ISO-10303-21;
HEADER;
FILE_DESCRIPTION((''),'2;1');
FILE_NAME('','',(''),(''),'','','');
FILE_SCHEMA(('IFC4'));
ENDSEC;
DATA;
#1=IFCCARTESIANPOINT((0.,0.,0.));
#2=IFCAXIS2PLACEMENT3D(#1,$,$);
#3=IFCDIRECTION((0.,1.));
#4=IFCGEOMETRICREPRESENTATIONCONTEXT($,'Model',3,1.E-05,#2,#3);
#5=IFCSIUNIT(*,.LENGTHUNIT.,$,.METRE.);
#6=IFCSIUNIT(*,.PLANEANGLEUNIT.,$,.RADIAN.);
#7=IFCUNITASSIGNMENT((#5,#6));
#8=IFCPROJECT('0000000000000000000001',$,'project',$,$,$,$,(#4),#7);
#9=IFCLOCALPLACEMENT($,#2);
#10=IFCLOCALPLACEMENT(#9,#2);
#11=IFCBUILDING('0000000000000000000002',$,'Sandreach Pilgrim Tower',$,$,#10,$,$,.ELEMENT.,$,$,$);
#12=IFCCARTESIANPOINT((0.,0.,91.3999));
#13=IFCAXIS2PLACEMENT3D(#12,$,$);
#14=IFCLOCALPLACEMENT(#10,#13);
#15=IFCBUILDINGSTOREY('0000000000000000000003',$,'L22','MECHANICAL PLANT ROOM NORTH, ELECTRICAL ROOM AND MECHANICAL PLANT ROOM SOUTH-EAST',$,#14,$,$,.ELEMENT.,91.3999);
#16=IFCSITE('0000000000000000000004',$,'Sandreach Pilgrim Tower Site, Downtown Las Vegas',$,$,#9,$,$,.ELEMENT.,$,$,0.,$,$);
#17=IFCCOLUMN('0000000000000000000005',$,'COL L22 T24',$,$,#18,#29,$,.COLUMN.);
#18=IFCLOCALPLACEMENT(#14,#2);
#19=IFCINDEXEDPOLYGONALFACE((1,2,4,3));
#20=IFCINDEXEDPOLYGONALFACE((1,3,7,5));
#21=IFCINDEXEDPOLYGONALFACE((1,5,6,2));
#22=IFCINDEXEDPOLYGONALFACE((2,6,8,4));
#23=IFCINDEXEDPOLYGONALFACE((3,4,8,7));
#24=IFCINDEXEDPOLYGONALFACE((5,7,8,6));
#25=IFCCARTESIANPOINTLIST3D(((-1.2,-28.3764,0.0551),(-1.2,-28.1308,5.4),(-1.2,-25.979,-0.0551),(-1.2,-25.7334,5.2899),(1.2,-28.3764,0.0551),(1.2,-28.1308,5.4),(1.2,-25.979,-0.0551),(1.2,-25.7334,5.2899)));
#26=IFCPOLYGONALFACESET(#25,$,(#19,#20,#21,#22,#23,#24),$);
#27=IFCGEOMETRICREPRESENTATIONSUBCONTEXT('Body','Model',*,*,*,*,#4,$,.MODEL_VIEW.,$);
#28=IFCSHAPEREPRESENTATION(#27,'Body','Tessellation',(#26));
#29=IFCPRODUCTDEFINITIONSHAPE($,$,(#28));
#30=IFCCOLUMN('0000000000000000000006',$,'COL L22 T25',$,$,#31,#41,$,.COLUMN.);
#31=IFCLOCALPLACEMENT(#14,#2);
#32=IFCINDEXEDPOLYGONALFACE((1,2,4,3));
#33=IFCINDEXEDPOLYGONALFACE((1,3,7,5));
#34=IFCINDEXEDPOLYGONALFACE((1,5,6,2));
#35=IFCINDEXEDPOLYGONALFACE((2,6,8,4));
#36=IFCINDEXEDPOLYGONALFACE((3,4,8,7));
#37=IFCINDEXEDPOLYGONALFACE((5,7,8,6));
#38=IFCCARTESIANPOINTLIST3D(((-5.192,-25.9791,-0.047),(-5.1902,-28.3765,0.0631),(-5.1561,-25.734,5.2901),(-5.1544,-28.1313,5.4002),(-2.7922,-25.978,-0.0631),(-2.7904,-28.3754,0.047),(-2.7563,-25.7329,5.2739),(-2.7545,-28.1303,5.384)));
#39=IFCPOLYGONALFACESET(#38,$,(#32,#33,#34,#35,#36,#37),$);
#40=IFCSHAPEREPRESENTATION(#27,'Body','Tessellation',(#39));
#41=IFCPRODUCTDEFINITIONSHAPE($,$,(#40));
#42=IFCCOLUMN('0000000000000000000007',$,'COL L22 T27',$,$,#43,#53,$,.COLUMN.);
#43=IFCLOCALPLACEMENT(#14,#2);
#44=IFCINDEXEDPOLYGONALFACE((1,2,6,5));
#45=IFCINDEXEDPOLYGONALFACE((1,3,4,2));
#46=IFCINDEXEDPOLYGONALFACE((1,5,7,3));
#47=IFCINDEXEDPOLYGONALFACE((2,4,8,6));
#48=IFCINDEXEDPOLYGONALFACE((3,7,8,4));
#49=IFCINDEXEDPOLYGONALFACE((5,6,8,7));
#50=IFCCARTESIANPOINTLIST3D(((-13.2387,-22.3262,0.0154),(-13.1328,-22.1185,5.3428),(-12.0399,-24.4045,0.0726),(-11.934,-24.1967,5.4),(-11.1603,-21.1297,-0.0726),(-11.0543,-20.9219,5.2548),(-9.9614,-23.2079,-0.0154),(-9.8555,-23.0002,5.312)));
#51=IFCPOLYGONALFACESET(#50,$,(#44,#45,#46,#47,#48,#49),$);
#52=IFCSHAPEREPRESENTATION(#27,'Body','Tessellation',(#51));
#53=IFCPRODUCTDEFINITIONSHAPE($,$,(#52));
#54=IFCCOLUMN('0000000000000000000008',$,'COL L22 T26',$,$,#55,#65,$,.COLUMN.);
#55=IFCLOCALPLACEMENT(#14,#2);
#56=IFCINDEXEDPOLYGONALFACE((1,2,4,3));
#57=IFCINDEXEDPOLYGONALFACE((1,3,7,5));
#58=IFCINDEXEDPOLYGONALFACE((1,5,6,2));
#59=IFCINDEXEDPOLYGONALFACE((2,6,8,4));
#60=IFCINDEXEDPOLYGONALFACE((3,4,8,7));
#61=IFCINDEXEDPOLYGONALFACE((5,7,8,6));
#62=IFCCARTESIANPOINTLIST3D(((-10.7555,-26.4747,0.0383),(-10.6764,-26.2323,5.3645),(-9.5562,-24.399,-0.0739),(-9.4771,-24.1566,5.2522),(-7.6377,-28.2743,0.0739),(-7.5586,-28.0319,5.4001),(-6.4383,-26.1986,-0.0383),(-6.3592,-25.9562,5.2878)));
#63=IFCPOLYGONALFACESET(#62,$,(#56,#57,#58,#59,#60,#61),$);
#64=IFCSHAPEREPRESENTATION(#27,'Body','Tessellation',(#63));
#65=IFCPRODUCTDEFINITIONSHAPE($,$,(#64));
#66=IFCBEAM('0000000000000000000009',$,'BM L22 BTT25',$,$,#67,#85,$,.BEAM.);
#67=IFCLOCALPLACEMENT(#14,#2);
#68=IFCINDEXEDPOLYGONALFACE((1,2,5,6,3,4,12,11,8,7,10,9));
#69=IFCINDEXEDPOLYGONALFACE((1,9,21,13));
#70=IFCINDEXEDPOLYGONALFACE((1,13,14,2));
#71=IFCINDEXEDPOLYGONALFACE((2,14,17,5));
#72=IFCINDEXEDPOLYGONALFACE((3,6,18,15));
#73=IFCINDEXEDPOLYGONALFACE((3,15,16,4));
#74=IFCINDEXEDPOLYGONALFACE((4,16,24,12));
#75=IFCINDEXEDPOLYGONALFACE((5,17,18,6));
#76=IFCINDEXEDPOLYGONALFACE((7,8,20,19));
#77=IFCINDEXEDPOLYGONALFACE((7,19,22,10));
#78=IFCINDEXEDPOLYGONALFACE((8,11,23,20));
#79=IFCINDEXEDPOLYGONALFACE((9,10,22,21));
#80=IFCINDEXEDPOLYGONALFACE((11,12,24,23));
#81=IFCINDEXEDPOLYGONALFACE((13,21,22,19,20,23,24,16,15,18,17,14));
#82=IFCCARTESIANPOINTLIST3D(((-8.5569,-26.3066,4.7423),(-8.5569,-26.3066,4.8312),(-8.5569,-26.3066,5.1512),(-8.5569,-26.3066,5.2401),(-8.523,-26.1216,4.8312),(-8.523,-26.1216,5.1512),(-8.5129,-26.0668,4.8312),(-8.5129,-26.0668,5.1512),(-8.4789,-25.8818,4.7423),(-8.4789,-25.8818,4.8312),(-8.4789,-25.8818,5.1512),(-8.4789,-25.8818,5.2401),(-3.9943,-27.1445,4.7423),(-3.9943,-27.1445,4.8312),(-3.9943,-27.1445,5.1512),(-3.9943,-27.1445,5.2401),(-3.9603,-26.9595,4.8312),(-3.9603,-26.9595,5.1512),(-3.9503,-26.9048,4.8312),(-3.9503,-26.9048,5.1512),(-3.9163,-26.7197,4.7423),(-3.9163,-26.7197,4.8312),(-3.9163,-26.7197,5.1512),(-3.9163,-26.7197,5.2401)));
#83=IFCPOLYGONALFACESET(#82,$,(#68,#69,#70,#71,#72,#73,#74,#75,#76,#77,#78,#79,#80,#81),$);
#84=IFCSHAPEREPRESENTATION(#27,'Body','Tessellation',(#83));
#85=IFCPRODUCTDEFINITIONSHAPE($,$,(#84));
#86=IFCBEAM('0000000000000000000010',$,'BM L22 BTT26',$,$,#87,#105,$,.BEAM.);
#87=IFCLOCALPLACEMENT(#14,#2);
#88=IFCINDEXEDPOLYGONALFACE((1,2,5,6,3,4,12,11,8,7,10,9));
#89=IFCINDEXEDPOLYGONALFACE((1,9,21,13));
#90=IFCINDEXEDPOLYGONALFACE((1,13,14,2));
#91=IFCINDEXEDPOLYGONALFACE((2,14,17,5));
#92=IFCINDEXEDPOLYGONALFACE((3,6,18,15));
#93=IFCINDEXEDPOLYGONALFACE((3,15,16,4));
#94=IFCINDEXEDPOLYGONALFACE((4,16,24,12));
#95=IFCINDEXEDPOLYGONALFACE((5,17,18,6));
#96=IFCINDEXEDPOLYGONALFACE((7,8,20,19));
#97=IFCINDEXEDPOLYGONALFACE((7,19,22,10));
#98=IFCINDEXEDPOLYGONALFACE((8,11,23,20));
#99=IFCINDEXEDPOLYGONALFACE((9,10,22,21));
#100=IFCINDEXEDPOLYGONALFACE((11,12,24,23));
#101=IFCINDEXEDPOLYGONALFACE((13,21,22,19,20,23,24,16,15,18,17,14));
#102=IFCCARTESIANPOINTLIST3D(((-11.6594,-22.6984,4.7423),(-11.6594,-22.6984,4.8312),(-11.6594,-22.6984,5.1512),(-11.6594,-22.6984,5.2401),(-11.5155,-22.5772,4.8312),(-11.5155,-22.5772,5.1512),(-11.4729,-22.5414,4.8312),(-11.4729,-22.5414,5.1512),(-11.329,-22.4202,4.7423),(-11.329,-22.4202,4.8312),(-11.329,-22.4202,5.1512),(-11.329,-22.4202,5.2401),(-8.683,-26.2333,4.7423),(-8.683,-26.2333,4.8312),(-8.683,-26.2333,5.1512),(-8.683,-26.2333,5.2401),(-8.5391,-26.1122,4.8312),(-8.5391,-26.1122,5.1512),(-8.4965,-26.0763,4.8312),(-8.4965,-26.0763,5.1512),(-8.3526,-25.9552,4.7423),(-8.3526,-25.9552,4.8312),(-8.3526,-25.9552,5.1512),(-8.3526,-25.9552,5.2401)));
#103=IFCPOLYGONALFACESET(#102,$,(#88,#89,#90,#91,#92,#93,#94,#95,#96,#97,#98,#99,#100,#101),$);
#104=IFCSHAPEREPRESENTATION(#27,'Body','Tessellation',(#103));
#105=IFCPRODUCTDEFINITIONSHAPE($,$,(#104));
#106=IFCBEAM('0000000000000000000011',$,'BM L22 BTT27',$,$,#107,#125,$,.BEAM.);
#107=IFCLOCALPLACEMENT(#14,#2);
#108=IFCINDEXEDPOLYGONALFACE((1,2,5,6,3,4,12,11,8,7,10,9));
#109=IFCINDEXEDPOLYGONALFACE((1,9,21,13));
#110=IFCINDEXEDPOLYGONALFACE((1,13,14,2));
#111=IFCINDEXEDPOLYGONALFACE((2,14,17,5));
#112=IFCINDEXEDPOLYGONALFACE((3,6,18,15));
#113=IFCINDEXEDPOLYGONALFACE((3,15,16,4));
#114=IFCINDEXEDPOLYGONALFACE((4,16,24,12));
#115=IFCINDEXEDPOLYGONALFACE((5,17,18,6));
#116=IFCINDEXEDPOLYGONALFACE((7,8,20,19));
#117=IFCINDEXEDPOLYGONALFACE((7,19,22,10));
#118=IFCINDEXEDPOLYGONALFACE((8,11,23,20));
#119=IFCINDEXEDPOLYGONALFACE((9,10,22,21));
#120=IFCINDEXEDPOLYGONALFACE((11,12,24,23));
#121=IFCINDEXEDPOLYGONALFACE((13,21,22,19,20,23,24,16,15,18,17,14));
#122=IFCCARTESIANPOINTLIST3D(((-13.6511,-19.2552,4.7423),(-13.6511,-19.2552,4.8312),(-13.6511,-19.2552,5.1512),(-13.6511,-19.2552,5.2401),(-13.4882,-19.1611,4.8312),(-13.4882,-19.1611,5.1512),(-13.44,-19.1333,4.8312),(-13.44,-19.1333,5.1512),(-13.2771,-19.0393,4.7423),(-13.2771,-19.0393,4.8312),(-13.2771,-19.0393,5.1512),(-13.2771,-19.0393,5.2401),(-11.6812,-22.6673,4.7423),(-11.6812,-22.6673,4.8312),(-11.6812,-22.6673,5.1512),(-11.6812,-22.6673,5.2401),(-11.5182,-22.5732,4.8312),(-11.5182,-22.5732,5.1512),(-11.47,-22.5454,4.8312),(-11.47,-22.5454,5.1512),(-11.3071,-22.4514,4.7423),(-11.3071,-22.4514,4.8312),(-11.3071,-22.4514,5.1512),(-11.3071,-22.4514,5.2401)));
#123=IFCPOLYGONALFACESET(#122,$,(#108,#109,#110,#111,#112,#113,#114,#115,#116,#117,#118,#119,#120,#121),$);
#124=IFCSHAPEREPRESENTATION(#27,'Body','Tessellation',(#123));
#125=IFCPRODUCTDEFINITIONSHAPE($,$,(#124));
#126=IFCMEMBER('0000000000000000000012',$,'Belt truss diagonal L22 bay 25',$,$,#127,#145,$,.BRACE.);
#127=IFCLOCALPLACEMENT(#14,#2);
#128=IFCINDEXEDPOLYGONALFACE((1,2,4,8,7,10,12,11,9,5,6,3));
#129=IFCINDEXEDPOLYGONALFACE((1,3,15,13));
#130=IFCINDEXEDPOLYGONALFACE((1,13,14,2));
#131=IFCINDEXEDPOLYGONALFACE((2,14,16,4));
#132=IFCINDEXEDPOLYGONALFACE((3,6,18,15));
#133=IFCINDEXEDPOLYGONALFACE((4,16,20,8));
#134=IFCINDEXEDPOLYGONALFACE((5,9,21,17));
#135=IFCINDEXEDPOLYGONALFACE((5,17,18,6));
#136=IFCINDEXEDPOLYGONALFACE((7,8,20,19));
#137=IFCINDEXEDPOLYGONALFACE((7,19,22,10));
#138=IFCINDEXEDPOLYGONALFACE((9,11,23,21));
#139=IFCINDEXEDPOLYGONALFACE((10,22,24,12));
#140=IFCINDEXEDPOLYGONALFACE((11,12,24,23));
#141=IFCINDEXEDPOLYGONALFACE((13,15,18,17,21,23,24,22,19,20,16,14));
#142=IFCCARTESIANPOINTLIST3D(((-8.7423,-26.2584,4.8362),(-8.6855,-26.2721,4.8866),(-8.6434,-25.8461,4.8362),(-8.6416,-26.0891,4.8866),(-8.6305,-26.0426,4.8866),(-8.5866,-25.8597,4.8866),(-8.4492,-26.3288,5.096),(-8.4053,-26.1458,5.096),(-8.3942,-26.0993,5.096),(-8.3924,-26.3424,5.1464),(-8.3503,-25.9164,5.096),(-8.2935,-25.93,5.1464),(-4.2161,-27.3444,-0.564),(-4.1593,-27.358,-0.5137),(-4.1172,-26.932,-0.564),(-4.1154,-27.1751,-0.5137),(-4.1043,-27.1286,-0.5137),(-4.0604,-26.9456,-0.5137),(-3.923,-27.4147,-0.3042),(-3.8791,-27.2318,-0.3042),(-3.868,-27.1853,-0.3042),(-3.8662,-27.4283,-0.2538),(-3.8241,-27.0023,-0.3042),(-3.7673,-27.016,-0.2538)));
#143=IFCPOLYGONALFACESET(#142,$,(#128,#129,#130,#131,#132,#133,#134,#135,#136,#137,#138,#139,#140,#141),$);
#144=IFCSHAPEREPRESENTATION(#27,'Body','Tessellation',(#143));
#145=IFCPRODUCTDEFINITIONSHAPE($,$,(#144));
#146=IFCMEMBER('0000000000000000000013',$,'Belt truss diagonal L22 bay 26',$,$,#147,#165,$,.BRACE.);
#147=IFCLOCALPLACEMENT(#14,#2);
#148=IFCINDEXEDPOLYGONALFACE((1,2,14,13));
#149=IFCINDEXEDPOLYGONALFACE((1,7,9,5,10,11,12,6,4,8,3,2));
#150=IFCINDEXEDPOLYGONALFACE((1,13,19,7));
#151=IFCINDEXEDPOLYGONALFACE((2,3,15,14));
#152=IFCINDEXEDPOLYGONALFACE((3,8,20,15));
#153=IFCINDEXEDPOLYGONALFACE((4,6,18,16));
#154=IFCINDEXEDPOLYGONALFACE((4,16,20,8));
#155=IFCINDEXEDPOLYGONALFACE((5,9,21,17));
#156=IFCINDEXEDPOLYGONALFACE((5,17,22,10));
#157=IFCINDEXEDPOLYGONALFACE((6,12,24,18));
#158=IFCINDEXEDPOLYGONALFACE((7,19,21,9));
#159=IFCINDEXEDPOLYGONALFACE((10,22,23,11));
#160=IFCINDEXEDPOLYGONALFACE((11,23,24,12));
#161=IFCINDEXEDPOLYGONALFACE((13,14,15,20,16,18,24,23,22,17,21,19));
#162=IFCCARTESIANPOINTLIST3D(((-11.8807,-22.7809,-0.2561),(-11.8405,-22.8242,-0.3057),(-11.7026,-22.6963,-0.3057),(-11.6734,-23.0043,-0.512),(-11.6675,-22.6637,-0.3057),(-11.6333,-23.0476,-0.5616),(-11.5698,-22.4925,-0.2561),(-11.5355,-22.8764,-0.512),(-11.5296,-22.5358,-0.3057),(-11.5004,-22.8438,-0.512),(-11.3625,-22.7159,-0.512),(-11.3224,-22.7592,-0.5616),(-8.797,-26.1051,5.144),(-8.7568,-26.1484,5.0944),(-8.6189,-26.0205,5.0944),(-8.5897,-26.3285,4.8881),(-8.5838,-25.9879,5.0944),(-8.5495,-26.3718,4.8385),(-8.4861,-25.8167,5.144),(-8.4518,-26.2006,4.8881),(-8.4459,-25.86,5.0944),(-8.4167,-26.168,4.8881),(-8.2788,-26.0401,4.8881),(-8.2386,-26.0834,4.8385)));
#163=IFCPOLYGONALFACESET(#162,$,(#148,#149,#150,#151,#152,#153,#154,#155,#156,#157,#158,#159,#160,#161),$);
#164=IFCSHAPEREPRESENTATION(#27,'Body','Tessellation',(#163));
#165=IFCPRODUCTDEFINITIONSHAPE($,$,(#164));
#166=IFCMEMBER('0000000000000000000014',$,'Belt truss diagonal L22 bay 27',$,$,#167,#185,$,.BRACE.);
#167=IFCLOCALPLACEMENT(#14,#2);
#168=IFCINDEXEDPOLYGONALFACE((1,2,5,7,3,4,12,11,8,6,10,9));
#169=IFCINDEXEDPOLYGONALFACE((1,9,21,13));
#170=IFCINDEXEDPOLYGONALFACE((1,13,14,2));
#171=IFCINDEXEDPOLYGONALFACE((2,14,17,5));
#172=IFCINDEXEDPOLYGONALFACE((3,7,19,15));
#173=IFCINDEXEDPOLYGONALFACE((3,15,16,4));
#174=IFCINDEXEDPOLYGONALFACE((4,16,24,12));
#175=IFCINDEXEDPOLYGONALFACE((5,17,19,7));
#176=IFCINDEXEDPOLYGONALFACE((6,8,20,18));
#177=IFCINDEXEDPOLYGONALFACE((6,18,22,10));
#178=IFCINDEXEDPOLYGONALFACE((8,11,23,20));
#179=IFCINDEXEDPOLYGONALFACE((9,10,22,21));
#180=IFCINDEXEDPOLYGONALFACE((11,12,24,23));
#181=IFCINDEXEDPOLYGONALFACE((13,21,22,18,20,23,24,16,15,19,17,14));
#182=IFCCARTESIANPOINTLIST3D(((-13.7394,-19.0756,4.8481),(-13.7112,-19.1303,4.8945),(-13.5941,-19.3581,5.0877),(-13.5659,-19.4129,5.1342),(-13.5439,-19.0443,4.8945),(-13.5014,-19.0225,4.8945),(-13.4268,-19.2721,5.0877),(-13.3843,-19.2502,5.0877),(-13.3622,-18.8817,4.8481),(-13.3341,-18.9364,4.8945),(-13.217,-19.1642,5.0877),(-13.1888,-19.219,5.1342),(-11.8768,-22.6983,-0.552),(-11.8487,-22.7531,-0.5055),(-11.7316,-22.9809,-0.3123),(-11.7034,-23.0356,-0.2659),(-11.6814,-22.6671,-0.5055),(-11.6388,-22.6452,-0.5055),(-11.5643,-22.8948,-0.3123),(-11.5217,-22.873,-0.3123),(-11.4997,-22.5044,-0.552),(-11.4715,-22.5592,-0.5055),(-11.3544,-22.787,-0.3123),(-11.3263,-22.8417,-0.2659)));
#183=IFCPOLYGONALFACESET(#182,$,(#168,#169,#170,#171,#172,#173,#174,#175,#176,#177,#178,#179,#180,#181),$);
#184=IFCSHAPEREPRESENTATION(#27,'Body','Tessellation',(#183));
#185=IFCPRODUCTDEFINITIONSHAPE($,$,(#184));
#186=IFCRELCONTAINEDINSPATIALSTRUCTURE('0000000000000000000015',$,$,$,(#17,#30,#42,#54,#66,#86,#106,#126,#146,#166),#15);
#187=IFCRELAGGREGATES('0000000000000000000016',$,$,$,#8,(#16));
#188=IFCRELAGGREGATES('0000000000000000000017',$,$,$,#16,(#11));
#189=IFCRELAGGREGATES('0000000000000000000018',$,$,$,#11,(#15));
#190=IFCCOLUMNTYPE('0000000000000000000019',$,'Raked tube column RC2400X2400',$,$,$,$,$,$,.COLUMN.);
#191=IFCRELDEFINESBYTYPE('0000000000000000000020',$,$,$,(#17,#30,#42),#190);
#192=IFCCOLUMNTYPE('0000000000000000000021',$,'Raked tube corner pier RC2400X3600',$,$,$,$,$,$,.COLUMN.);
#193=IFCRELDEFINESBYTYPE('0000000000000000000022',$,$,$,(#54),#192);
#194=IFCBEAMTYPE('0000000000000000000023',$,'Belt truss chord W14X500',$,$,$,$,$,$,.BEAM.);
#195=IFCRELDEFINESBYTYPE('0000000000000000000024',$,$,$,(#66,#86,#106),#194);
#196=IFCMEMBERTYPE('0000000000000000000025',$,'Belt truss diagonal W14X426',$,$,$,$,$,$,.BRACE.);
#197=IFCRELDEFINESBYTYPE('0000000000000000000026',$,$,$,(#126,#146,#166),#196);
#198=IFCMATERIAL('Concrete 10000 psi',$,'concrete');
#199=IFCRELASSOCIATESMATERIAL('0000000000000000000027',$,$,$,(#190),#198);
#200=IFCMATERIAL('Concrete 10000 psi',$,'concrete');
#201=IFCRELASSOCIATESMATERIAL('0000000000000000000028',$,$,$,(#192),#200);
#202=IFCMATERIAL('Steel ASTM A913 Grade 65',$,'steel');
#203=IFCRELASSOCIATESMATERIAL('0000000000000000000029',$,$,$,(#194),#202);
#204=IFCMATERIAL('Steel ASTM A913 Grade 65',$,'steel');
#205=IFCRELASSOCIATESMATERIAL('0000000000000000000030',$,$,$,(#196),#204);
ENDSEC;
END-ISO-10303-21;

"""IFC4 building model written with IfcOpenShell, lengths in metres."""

from ifc_helpers import new_model, si_unit, direction, frame, origin, origin_2d, place, context, subcontext, project, spatial, rectangle, i_section, extrude, material, material_profile, profile_set, type_object, element, save


model = new_model("IFC4")

# Units and contexts
model_context = context("Model", 3, precision=1e-05, world=origin(), true_north=direction((0.0, 1.0)))
body_context = subcontext(model_context, "Body", "Model", "MODEL_VIEW")
ifc_project = project(units=[si_unit("LENGTHUNIT", "METRE"), si_unit("PLANEANGLEUNIT", "RADIAN")], contexts=[model_context])

# Site, building, storey
site_placement = place(None, origin())
site = spatial("IfcSite", under=ifc_project, at=site_placement, Name="Sandreach Pilgrim Tower Site, Downtown Las Vegas", CompositionType="ELEMENT", RefElevation=0.0)
building_placement = place(site_placement, origin())
building = spatial("IfcBuilding", under=site, at=building_placement, Name="Sandreach Pilgrim Tower", CompositionType="ELEMENT")
storey_placement = place(building_placement, frame((0.0, 0.0, 91.3999)))
storey = spatial("IfcBuildingStorey", under=building, at=storey_placement, Name="L22", Description="MECHANICAL PLANT ROOM NORTH, ELECTRICAL ROOM AND MECHANICAL PLANT ROOM SOUTH-EAST", CompositionType="ELEMENT", Elevation=91.3999)

# Columns
ifc_material_1 = material(Name="Concrete 10000 psi", Category="concrete")
ifc_material_profile_1 = material_profile(ifc_material_1, rectangle(XDim=2.3999, YDim=2.3999, at=origin_2d()), Name="RC2400X2400")
ifc_profile_set_1 = profile_set([ifc_material_profile_1], Name="Concrete 10000 psi")
column_type_1 = type_object("IfcColumnType", Name="Raked tube column RC2400X2400", PredefinedType="COLUMN", material=ifc_profile_set_1)
column_1_placement = place(storey_placement, frame((0.0, -27.1777, 0.0), z_axis=(0.0, 0.045902, 0.998946), x_axis=(0.0, -0.998946, 0.045902)))
element("IfcColumn", 1, at=column_1_placement, inside=storey, type_object=column_type_1, Name="COL L22 T24", PredefinedType="COLUMN", context=body_context, shape_type="SweptSolid", body=[
    extrude(rectangle(XDim=2.3999, YDim=2.3999, at=origin_2d()), origin(), (0.0, 0.0, 1.0), 5.3506),
])
column_2_placement = place(storey_placement, frame((-3.9912, -27.1772, 0.0), z_axis=(0.006717, 0.045879, 0.998924), x_axis=(0.000744, -0.998947, 0.045875)))
element("IfcColumn", 2, at=column_2_placement, inside=storey, type_object=column_type_1, Name="COL L22 T25", PredefinedType="COLUMN", context=body_context, shape_type="SweptSolid", body=[
    extrude(rectangle(XDim=2.3999, YDim=2.3999, at=origin_2d()), origin(), (0.0, 0.0, 1.0), 5.3428),
])
column_3_placement = place(storey_placement, frame((-11.6001, -22.7671, 0.0), z_axis=(0.01987, 0.038962, 0.999043), x_axis=(-0.866071, -0.498574, 0.036669)))
element("IfcColumn", 3, at=column_3_placement, inside=storey, type_object=column_type_1, Name="COL L22 T27", PredefinedType="COLUMN", context=body_context, shape_type="SweptSolid", body=[
    extrude(rectangle(XDim=2.3999, YDim=2.3999, at=origin_2d()), origin(), (0.0, 0.0, 1.0), 5.3325),
])
ifc_material_2 = material(Name="Concrete 10000 psi", Category="concrete")
ifc_material_profile_2 = material_profile(ifc_material_2, rectangle(XDim=2.3999, YDim=3.6001, at=origin_2d()), Name="RC2400X3600")
ifc_profile_set_2 = profile_set([ifc_material_profile_2], Name="Concrete 10000 psi")
column_type_2 = type_object("IfcColumnType", Name="Raked tube corner pier RC2400X3600", PredefinedType="COLUMN", material=ifc_profile_set_2)
column_4_placement = place(storey_placement, frame((-8.5969, -26.3367, 0.0), z_axis=(0.014834, 0.045465, 0.998856), x_axis=(-0.499741, -0.86491, 0.04679)))
element("IfcColumn", 4, at=column_4_placement, inside=storey, type_object=column_type_2, Name="COL L22 T26", PredefinedType="COLUMN", context=body_context, shape_type="SweptSolid", body=[
    extrude(rectangle(XDim=2.3999, YDim=3.6001, at=origin_2d()), origin(), (0.0, 0.0, 1.0), 5.3323),
])

# Beams
ifc_material_3 = material(Name="Steel ASTM A913 Grade 65", Category="steel")
ifc_material_profile_3 = material_profile(ifc_material_3, i_section(OverallWidth=0.4319, OverallDepth=0.4978, WebThickness=0.0557, FlangeThickness=0.0889, at=origin_2d()), Name="W14X500")
ifc_profile_set_3 = profile_set([ifc_material_profile_3], Name="Steel ASTM A913 Grade 65")
beam_type_1 = type_object("IfcBeamType", Name="Belt truss chord W14X500", PredefinedType="BEAM", material=ifc_profile_set_3)
beam_1_placement = place(storey_placement, frame((-3.9553, -26.9321, 4.9912), z_axis=(-0.983552, 0.180627, 0.0), x_axis=(-0.180627, -0.983552, 0.0)))
element("IfcBeam", 5, at=beam_1_placement, inside=storey, type_object=beam_type_1, Name="BM L22 BTT25", PredefinedType="BEAM", context=body_context, shape_type="SweptSolid", body=[
    extrude(i_section(OverallWidth=0.4319, OverallDepth=0.4978, WebThickness=0.0557, FlangeThickness=0.0889, at=origin_2d()), origin(), (0.0, 0.0, 1.0), 4.6389),
])
beam_2_placement = place(storey_placement, frame((-8.5178, -26.0942, 4.9912), z_axis=(-0.644079, 0.764959, 0.0), x_axis=(-0.764959, -0.644079, 0.0)))
element("IfcBeam", 6, at=beam_2_placement, inside=storey, type_object=beam_type_1, Name="BM L22 BTT26", PredefinedType="BEAM", context=body_context, shape_type="SweptSolid", body=[
    extrude(i_section(OverallWidth=0.4319, OverallDepth=0.4978, WebThickness=0.0557, FlangeThickness=0.0889, at=origin_2d()), origin(), (0.0, 0.0, 1.0), 4.6211),
])
beam_3_placement = place(storey_placement, frame((-11.4941, -22.5593, 4.9912), z_axis=(-0.499998, 0.866027, 0.0), x_axis=(-0.866027, -0.499998, 0.0)))
element("IfcBeam", 7, at=beam_3_placement, inside=storey, type_object=beam_type_1, Name="BM L22 BTT27", PredefinedType="BEAM", context=body_context, shape_type="SweptSolid", body=[
    extrude(i_section(OverallWidth=0.4319, OverallDepth=0.4978, WebThickness=0.0557, FlangeThickness=0.0889, at=origin_2d()), origin(), (0.0, 0.0, 1.0), 3.9399),
])

# Members
ifc_material_4 = material(Name="Steel ASTM A913 Grade 65", Category="steel")
ifc_material_profile_4 = material_profile(ifc_material_4, i_section(OverallWidth=0.4241, OverallDepth=0.4751, WebThickness=0.0479, FlangeThickness=0.0771, at=origin_2d()), Name="W14X426")
ifc_profile_set_4 = profile_set([ifc_material_profile_4], Name="Steel ASTM A913 Grade 65")
member_type_1 = type_object("IfcMemberType", Name="Belt truss diagonal W14X426", PredefinedType="BRACE", material=ifc_profile_set_4)
member_1_placement = place(storey_placement, frame((-3.9917, -27.1802, -0.4089), z_axis=(-0.634864, 0.152321, 0.75746), x_axis=(-0.233306, -0.972403, 0.0)))
element("IfcMember", 8, at=member_1_placement, inside=storey, type_object=member_type_1, Name="Belt truss diagonal L22 bay 25", PredefinedType="BRACE", context=body_context, shape_type="SweptSolid", body=[
    extrude(i_section(OverallWidth=0.4241, OverallDepth=0.4751, WebThickness=0.0479, FlangeThickness=0.0771, at=origin_2d()), origin(), (0.0, 0.0, 1.0), 7.1294),
])
member_2_placement = place(storey_placement, frame((-8.5178, -26.0942, 4.9912), z_axis=(-0.437327, 0.47143, -0.765832), x_axis=(-0.733127, -0.680092, 0.0)))
element("IfcMember", 9, at=member_2_placement, inside=storey, type_object=member_type_1, Name="Belt truss diagonal L22 bay 26", PredefinedType="BRACE", context=body_context, shape_type="SweptSolid", body=[
    extrude(i_section(OverallWidth=0.4241, OverallDepth=0.4751, WebThickness=0.0479, FlangeThickness=0.0771, at=origin_2d()), origin(), (0.0, 0.0, 1.0), 7.0513),
])
member_3_placement = place(storey_placement, frame((-11.6016, -22.77, -0.4089), z_axis=(-0.275351, 0.535579, 0.798334), x_axis=(-0.889348, -0.45723, 0.0)))
element("IfcMember", 10, at=member_3_placement, inside=storey, type_object=member_type_1, Name="Belt truss diagonal L22 bay 27", PredefinedType="BRACE", context=body_context, shape_type="SweptSolid", body=[
    extrude(i_section(OverallWidth=0.4241, OverallDepth=0.4751, WebThickness=0.0479, FlangeThickness=0.0771, at=origin_2d()), origin(), (0.0, 0.0, 1.0), 6.7642),
])

save(model, "model.ifc")
